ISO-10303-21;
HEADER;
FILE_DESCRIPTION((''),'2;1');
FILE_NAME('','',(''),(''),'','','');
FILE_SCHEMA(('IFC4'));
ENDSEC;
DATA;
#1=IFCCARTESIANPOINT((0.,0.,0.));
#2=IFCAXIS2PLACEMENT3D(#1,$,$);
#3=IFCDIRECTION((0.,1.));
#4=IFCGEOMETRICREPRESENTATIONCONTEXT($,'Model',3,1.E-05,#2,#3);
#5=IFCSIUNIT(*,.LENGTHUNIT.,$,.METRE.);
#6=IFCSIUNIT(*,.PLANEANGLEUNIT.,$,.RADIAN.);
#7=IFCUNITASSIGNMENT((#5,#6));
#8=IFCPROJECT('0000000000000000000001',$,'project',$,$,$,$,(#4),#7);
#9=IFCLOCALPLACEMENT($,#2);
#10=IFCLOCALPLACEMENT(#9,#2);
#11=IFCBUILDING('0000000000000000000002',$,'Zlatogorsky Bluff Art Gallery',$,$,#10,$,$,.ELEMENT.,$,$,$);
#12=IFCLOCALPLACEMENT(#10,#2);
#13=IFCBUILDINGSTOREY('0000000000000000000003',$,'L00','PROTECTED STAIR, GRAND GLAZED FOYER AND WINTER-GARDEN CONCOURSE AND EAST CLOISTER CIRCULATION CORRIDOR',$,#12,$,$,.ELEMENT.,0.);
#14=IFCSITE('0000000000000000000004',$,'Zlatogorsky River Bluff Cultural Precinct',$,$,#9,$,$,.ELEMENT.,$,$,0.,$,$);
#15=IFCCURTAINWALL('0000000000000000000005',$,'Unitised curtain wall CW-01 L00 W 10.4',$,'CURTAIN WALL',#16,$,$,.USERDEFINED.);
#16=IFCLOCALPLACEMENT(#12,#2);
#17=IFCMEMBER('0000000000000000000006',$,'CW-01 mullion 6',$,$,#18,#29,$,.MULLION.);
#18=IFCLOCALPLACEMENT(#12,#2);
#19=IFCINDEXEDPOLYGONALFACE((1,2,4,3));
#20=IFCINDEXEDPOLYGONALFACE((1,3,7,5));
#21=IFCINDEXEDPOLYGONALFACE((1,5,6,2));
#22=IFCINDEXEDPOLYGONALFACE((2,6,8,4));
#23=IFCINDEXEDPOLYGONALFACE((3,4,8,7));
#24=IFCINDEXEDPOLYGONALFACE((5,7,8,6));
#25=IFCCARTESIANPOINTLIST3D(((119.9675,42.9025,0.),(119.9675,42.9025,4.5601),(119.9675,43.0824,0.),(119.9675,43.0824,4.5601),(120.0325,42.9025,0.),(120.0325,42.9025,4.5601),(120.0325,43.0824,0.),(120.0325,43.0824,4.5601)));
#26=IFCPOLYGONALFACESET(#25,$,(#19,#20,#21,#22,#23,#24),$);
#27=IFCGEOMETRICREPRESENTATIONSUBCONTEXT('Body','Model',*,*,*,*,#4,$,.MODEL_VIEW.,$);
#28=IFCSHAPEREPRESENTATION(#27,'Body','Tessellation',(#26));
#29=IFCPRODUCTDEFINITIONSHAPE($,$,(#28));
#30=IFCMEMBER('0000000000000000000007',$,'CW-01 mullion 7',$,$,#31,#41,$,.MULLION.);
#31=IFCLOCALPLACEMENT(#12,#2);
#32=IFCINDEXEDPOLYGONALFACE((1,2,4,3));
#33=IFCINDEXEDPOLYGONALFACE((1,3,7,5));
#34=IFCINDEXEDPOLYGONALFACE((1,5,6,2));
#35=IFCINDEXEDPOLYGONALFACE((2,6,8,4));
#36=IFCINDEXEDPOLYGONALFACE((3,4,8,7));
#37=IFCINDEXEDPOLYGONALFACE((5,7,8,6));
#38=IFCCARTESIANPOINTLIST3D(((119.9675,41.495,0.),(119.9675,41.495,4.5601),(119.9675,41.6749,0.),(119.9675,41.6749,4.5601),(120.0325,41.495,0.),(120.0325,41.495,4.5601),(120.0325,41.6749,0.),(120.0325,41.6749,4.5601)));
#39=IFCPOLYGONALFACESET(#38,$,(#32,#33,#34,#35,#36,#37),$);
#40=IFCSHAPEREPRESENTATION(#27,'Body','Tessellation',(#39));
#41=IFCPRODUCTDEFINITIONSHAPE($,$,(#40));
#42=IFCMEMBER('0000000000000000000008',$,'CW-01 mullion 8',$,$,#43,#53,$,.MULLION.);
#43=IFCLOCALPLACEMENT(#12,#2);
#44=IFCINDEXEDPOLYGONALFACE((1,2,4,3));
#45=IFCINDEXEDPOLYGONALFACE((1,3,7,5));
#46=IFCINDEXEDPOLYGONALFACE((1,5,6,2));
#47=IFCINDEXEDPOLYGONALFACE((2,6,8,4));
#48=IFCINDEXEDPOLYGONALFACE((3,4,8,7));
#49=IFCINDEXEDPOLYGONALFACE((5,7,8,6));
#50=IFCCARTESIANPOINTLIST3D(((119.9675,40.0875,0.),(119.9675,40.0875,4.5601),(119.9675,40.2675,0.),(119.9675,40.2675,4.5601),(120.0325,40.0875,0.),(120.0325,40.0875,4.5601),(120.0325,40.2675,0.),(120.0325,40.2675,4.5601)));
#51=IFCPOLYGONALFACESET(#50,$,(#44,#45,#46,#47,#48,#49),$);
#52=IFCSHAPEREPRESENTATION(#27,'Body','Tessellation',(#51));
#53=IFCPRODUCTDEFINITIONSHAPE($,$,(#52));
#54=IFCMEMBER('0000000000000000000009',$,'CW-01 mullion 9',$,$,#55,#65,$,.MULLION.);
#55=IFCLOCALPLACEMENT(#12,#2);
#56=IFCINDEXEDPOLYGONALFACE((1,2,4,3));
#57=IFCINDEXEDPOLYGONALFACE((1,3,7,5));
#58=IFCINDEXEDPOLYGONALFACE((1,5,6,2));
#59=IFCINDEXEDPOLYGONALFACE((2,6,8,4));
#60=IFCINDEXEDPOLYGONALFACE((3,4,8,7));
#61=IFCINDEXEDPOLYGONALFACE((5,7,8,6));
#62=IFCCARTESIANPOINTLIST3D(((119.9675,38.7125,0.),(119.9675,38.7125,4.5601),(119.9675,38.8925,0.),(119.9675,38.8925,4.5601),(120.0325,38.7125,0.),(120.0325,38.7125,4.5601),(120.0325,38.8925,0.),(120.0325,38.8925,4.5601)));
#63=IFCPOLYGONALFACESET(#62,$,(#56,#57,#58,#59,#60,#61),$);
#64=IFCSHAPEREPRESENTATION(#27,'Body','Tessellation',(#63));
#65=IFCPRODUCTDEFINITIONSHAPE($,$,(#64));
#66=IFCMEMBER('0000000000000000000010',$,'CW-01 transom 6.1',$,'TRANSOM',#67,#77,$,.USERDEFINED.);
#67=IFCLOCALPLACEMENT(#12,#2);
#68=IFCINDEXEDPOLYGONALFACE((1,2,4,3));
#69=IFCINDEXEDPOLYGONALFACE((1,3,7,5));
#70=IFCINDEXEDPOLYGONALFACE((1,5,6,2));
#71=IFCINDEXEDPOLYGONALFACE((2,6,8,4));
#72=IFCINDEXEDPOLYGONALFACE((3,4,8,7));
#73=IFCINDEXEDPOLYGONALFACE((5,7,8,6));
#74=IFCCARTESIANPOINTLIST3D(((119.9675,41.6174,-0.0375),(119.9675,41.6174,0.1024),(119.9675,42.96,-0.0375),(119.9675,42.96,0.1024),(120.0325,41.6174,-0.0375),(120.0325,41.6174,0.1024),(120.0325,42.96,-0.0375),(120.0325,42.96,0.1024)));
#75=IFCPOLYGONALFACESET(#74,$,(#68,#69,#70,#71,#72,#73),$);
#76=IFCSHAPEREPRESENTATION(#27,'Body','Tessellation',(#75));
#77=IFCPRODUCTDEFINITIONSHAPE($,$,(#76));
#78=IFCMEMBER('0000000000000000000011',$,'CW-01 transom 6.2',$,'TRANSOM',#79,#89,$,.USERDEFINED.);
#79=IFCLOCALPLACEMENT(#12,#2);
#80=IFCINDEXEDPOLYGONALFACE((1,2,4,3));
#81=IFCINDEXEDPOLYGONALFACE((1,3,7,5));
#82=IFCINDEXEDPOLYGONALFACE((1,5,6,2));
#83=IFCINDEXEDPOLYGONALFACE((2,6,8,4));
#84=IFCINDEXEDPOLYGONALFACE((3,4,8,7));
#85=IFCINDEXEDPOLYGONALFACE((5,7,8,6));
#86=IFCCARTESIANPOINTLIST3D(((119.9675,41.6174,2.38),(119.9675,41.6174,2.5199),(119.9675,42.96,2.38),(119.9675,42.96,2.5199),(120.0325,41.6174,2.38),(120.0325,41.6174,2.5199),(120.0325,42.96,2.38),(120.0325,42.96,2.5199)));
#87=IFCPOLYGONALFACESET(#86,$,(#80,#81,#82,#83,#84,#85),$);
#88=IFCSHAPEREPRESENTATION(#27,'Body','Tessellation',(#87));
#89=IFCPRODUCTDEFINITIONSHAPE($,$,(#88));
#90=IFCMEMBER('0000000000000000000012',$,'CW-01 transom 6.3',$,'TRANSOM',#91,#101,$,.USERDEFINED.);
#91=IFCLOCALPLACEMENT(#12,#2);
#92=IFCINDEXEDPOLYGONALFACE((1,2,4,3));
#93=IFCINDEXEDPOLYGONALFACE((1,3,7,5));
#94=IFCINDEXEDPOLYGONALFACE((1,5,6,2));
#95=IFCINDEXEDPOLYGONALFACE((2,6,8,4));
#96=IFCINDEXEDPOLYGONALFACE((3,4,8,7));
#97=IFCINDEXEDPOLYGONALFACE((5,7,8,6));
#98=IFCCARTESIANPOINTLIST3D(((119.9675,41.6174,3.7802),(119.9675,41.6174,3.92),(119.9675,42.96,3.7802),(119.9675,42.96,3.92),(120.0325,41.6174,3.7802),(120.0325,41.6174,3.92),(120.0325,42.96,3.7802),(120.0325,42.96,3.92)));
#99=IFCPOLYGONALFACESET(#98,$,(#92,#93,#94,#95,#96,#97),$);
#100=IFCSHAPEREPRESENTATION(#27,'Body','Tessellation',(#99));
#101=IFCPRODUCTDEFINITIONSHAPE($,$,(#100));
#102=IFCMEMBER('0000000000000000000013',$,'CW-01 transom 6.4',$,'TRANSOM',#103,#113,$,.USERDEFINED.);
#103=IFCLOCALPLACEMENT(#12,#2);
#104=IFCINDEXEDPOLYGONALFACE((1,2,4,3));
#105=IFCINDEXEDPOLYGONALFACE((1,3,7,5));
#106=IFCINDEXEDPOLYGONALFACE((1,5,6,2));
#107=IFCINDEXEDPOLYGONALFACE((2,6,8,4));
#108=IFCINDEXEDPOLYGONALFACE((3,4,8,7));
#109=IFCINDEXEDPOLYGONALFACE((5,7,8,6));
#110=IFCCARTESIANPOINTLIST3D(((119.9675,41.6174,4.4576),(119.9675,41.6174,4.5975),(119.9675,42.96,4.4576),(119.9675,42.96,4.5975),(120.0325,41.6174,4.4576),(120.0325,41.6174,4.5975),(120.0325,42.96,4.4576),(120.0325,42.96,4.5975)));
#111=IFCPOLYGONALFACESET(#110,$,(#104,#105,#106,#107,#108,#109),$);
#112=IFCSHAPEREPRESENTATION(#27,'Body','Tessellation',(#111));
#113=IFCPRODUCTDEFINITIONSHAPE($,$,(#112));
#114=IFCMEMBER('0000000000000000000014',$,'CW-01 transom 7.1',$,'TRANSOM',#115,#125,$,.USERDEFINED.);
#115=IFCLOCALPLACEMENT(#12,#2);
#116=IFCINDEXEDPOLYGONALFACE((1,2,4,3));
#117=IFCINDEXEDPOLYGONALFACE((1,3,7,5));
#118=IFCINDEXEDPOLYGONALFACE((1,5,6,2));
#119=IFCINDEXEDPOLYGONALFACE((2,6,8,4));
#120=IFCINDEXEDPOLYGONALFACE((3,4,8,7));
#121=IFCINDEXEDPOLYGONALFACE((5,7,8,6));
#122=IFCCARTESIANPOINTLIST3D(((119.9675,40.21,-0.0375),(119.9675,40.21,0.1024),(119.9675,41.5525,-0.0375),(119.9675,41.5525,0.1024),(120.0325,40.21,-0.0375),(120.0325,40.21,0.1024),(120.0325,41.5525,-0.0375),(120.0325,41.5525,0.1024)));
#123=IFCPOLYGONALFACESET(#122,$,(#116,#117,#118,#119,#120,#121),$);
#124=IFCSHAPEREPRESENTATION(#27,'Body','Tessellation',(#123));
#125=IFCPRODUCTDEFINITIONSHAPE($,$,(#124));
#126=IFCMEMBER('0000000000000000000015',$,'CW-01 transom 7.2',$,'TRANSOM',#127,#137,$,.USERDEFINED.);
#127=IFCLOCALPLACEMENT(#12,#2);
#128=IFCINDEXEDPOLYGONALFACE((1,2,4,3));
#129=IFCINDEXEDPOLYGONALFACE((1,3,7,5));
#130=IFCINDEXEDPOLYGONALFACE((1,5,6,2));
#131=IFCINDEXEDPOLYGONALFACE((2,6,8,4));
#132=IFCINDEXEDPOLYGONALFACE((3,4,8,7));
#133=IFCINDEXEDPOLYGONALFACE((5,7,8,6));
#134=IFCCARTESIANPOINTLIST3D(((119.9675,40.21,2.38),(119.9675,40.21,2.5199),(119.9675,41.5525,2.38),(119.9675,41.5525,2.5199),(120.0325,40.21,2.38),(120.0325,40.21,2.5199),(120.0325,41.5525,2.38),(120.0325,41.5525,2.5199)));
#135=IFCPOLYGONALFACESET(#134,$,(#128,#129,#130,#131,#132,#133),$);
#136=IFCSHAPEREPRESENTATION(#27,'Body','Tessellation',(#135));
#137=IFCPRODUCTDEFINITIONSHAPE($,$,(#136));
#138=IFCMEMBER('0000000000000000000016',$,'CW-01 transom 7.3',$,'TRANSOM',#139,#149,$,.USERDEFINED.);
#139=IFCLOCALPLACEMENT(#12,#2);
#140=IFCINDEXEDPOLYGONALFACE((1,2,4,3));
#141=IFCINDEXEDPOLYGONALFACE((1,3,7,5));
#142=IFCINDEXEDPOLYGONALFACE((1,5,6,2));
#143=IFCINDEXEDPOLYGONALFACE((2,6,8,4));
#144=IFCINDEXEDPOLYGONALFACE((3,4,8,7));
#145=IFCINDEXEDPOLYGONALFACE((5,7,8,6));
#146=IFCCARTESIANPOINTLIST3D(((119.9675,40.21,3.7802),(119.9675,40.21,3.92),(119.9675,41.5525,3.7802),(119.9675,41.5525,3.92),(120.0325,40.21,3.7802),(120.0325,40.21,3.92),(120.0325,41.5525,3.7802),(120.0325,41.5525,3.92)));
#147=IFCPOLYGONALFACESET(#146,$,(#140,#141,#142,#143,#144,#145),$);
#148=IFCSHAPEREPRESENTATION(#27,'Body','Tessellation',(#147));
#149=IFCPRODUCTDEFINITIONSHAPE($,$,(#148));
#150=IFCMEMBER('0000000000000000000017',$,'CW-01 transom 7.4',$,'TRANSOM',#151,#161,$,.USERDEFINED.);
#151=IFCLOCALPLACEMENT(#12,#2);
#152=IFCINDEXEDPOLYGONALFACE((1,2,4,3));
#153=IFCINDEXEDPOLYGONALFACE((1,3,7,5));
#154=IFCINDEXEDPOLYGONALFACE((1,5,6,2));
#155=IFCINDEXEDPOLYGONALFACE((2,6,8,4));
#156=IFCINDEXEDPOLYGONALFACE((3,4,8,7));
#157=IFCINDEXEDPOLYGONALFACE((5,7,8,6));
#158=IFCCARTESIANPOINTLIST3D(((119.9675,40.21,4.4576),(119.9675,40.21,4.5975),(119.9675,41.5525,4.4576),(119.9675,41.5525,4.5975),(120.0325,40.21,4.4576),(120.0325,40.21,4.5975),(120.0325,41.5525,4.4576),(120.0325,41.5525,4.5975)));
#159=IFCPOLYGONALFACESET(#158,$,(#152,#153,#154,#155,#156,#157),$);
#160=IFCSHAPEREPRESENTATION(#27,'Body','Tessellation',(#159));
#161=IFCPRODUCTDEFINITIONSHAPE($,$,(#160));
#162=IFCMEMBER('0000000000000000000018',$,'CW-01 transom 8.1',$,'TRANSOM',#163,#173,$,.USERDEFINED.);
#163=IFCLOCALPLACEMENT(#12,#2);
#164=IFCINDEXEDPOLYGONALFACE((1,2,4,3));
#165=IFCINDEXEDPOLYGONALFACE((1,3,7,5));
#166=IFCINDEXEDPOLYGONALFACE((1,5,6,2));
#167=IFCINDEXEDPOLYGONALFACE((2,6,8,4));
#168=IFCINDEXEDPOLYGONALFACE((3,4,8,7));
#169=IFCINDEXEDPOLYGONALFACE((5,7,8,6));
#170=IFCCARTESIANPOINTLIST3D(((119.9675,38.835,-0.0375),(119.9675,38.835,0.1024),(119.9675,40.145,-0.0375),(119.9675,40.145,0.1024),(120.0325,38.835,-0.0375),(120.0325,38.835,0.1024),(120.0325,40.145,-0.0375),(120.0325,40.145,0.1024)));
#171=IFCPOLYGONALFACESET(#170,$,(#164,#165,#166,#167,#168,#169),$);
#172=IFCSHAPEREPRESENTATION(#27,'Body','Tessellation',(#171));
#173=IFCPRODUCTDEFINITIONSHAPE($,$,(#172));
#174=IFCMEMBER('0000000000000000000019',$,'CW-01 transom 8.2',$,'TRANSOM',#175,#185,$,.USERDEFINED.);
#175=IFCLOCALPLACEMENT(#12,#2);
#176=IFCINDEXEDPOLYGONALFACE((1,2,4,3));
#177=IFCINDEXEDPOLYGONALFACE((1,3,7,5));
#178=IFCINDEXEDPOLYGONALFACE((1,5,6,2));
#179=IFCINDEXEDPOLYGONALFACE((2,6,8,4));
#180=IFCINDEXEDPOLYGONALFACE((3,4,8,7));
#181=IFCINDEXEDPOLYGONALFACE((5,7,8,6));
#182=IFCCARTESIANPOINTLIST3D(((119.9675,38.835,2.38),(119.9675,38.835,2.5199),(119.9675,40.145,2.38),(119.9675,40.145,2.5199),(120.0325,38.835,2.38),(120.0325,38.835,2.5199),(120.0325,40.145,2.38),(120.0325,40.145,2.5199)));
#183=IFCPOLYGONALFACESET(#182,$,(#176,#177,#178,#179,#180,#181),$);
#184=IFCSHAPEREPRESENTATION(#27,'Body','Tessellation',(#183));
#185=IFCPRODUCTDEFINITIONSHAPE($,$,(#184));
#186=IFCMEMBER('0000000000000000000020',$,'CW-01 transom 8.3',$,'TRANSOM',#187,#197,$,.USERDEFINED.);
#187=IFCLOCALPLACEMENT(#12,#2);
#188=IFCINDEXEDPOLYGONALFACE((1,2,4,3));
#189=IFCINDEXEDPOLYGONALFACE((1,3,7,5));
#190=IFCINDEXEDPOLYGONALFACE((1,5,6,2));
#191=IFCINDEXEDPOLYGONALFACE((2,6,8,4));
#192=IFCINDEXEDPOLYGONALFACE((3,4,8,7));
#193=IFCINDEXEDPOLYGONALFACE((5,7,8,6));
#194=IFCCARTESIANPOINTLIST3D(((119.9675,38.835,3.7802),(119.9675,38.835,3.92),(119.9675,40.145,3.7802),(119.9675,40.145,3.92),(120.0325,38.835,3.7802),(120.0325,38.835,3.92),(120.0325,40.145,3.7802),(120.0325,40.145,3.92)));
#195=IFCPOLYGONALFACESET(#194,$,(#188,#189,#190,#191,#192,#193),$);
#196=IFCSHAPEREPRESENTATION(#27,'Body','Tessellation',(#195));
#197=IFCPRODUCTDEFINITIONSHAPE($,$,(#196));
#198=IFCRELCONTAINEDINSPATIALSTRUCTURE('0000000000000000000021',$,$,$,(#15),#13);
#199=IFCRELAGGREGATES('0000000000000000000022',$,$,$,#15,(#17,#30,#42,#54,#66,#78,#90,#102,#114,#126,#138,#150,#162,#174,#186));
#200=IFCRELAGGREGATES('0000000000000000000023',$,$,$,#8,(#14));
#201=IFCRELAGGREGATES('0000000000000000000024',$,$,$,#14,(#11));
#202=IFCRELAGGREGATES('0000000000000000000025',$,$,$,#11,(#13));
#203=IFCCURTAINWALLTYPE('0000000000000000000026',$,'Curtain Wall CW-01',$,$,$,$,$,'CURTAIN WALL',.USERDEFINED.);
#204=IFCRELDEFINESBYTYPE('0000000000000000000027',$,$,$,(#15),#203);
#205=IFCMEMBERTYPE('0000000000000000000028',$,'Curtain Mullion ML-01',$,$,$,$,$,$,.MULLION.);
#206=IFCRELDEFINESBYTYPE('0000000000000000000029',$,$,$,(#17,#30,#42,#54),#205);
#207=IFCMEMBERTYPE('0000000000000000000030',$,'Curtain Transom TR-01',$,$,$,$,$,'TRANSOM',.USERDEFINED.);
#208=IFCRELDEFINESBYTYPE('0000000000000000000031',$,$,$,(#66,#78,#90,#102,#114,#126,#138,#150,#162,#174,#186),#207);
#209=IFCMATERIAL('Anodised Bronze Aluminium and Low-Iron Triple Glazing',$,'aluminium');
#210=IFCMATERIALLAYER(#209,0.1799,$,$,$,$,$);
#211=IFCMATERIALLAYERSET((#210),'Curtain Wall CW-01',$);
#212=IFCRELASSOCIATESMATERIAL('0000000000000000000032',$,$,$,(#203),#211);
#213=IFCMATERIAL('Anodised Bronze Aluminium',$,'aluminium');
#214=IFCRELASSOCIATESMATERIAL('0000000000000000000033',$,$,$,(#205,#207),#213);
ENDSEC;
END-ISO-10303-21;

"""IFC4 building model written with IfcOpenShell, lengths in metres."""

from ifc_helpers import new_model, si_unit, direction, frame, origin, origin_2d, place, context, subcontext, project, spatial, rectangle, extrude, material, layer, layer_set, material_profile, profile_set, type_object, element, aggregate, save


model = new_model("IFC4")

# Units and contexts
model_context = context("Model", 3, precision=1e-05, world=origin(), true_north=direction((0.0, 1.0)))
body_context = subcontext(model_context, "Body", "Model", "MODEL_VIEW")
ifc_project = project(units=[si_unit("LENGTHUNIT", "METRE"), si_unit("PLANEANGLEUNIT", "RADIAN")], contexts=[model_context])

# Site, building, storey
site_placement = place(None, origin())
site = spatial("IfcSite", under=ifc_project, at=site_placement, Name="Zlatogorsky River Bluff Cultural Precinct", CompositionType="ELEMENT", RefElevation=0.0)
building_placement = place(site_placement, origin())
building = spatial("IfcBuilding", under=site, at=building_placement, Name="Zlatogorsky Bluff Art Gallery", CompositionType="ELEMENT")
storey_placement = place(building_placement, origin())
storey = spatial("IfcBuildingStorey", under=building, at=storey_placement, Name="L00", Description="PROTECTED STAIR, GRAND GLAZED FOYER AND WINTER-GARDEN CONCOURSE AND EAST CLOISTER CIRCULATION CORRIDOR", CompositionType="ELEMENT", Elevation=0.0)

# Curtain wall, members
ifc_material_1 = material(Name="Anodised Bronze Aluminium and Low-Iron Triple Glazing", Category="aluminium")
ifc_layer_1 = layer(ifc_material_1, 0.1799)
ifc_layer_set_1 = layer_set([ifc_layer_1], Name="Curtain Wall CW-01")
curtain_wall_type = type_object("IfcCurtainWallType", Name="Curtain Wall CW-01", ElementType="CURTAIN WALL", PredefinedType="USERDEFINED", material=ifc_layer_set_1)
curtain_wall_placement = place(storey_placement, origin())
curtain_wall = element("IfcCurtainWall", 1, at=curtain_wall_placement, inside=storey, type_object=curtain_wall_type, Name="Unitised curtain wall CW-01 L00 W 10.4", ObjectType="CURTAIN WALL", PredefinedType="USERDEFINED")
ifc_material_2 = material(Name="Anodised Bronze Aluminium", Category="aluminium")
ifc_material_profile_1 = material_profile(ifc_material_2, rectangle(XDim=0.0649, YDim=0.1799, at=origin_2d()), Name="ALU MULLION 65x180")
ifc_profile_set_1 = profile_set([ifc_material_profile_1], Name="Anodised Bronze Aluminium")
member_type_1 = type_object("IfcMemberType", Name="Curtain Mullion ML-01", PredefinedType="MULLION", material=ifc_profile_set_1)
member_1_placement = place(storey_placement, frame((120.0, 42.9924, 0.0), z_axis=(0.0, 0.0, 1.0), x_axis=(1.0, 0.0, 0.0)))
member_1 = element("IfcMember", 2, at=member_1_placement, type_object=member_type_1, Name="CW-01 mullion 6", PredefinedType="MULLION", context=body_context, shape_type="SweptSolid", body=[
    extrude(rectangle(XDim=0.0649, YDim=0.1799, at=origin_2d()), origin(), (0.0, 0.0, 1.0), 4.5601),
])
member_2_placement = place(storey_placement, frame((120.0, 41.585, 0.0), z_axis=(0.0, 0.0, 1.0), x_axis=(1.0, 0.0, 0.0)))
member_2 = element("IfcMember", 3, at=member_2_placement, type_object=member_type_1, Name="CW-01 mullion 7", PredefinedType="MULLION", context=body_context, shape_type="SweptSolid", body=[
    extrude(rectangle(XDim=0.0649, YDim=0.1799, at=origin_2d()), origin(), (0.0, 0.0, 1.0), 4.5601),
])
member_3_placement = place(storey_placement, frame((120.0, 40.1775, 0.0), z_axis=(0.0, 0.0, 1.0), x_axis=(1.0, 0.0, 0.0)))
member_3 = element("IfcMember", 4, at=member_3_placement, type_object=member_type_1, Name="CW-01 mullion 8", PredefinedType="MULLION", context=body_context, shape_type="SweptSolid", body=[
    extrude(rectangle(XDim=0.0649, YDim=0.1799, at=origin_2d()), origin(), (0.0, 0.0, 1.0), 4.5601),
])
member_4_placement = place(storey_placement, frame((120.0, 38.8025, 0.0), z_axis=(0.0, 0.0, 1.0), x_axis=(1.0, 0.0, 0.0)))
member_4 = element("IfcMember", 5, at=member_4_placement, type_object=member_type_1, Name="CW-01 mullion 9", PredefinedType="MULLION", context=body_context, shape_type="SweptSolid", body=[
    extrude(rectangle(XDim=0.0649, YDim=0.1799, at=origin_2d()), origin(), (0.0, 0.0, 1.0), 4.5601),
])
ifc_material_profile_2 = material_profile(ifc_material_2, rectangle(XDim=0.0649, YDim=0.1399, at=origin_2d()), Name="ALU TRANSOM 65x140")
ifc_profile_set_2 = profile_set([ifc_material_profile_2], Name="Anodised Bronze Aluminium")
member_type_2 = type_object("IfcMemberType", Name="Curtain Transom TR-01", ElementType="TRANSOM", PredefinedType="USERDEFINED", material=ifc_profile_set_2)
member_5_placement = place(storey_placement, frame((120.0, 42.96, 0.0325), z_axis=(0.0, -1.0, 0.0), x_axis=(1.0, 0.0, 0.0)))
member_5 = element("IfcMember", 6, at=member_5_placement, type_object=member_type_2, Name="CW-01 transom 6.1", ObjectType="TRANSOM", PredefinedType="USERDEFINED", context=body_context, shape_type="SweptSolid", body=[
    extrude(rectangle(XDim=0.0649, YDim=0.1399, at=origin_2d()), origin(), (0.0, 0.0, 1.0), 1.3425),
])
member_6_placement = place(storey_placement, frame((120.0, 42.96, 2.45), z_axis=(0.0, -1.0, 0.0), x_axis=(1.0, 0.0, 0.0)))
member_6 = element("IfcMember", 7, at=member_6_placement, type_object=member_type_2, Name="CW-01 transom 6.2", ObjectType="TRANSOM", PredefinedType="USERDEFINED", context=body_context, shape_type="SweptSolid", body=[
    extrude(rectangle(XDim=0.0649, YDim=0.1399, at=origin_2d()), origin(), (0.0, 0.0, 1.0), 1.3425),
])
member_7_placement = place(storey_placement, frame((120.0, 42.96, 3.8501), z_axis=(0.0, -1.0, 0.0), x_axis=(1.0, 0.0, 0.0)))
member_7 = element("IfcMember", 8, at=member_7_placement, type_object=member_type_2, Name="CW-01 transom 6.3", ObjectType="TRANSOM", PredefinedType="USERDEFINED", context=body_context, shape_type="SweptSolid", body=[
    extrude(rectangle(XDim=0.0649, YDim=0.1399, at=origin_2d()), origin(), (0.0, 0.0, 1.0), 1.3425),
])
member_8_placement = place(storey_placement, frame((120.0, 42.96, 4.5276), z_axis=(0.0, -1.0, 0.0), x_axis=(1.0, 0.0, 0.0)))
member_8 = element("IfcMember", 9, at=member_8_placement, type_object=member_type_2, Name="CW-01 transom 6.4", ObjectType="TRANSOM", PredefinedType="USERDEFINED", context=body_context, shape_type="SweptSolid", body=[
    extrude(rectangle(XDim=0.0649, YDim=0.1399, at=origin_2d()), origin(), (0.0, 0.0, 1.0), 1.3425),
])
member_9_placement = place(storey_placement, frame((120.0, 41.5525, 0.0325), z_axis=(0.0, -1.0, 0.0), x_axis=(1.0, 0.0, 0.0)))
member_9 = element("IfcMember", 10, at=member_9_placement, type_object=member_type_2, Name="CW-01 transom 7.1", ObjectType="TRANSOM", PredefinedType="USERDEFINED", context=body_context, shape_type="SweptSolid", body=[
    extrude(rectangle(XDim=0.0649, YDim=0.1399, at=origin_2d()), origin(), (0.0, 0.0, 1.0), 1.3425),
])
member_10_placement = place(storey_placement, frame((120.0, 41.5525, 2.45), z_axis=(0.0, -1.0, 0.0), x_axis=(1.0, 0.0, 0.0)))
member_10 = element("IfcMember", 11, at=member_10_placement, type_object=member_type_2, Name="CW-01 transom 7.2", ObjectType="TRANSOM", PredefinedType="USERDEFINED", context=body_context, shape_type="SweptSolid", body=[
    extrude(rectangle(XDim=0.0649, YDim=0.1399, at=origin_2d()), origin(), (0.0, 0.0, 1.0), 1.3425),
])
member_11_placement = place(storey_placement, frame((120.0, 41.5525, 3.8501), z_axis=(0.0, -1.0, 0.0), x_axis=(1.0, 0.0, 0.0)))
member_11 = element("IfcMember", 12, at=member_11_placement, type_object=member_type_2, Name="CW-01 transom 7.3", ObjectType="TRANSOM", PredefinedType="USERDEFINED", context=body_context, shape_type="SweptSolid", body=[
    extrude(rectangle(XDim=0.0649, YDim=0.1399, at=origin_2d()), origin(), (0.0, 0.0, 1.0), 1.3425),
])
member_12_placement = place(storey_placement, frame((120.0, 41.5525, 4.5276), z_axis=(0.0, -1.0, 0.0), x_axis=(1.0, 0.0, 0.0)))
member_12 = element("IfcMember", 13, at=member_12_placement, type_object=member_type_2, Name="CW-01 transom 7.4", ObjectType="TRANSOM", PredefinedType="USERDEFINED", context=body_context, shape_type="SweptSolid", body=[
    extrude(rectangle(XDim=0.0649, YDim=0.1399, at=origin_2d()), origin(), (0.0, 0.0, 1.0), 1.3425),
])
member_13_placement = place(storey_placement, frame((120.0, 40.145, 0.0325), z_axis=(0.0, -1.0, 0.0), x_axis=(1.0, 0.0, 0.0)))
member_13 = element("IfcMember", 14, at=member_13_placement, type_object=member_type_2, Name="CW-01 transom 8.1", ObjectType="TRANSOM", PredefinedType="USERDEFINED", context=body_context, shape_type="SweptSolid", body=[
    extrude(rectangle(XDim=0.0649, YDim=0.1399, at=origin_2d()), origin(), (0.0, 0.0, 1.0), 1.3101),
])
member_14_placement = place(storey_placement, frame((120.0, 40.145, 2.45), z_axis=(0.0, -1.0, 0.0), x_axis=(1.0, 0.0, 0.0)))
member_14 = element("IfcMember", 15, at=member_14_placement, type_object=member_type_2, Name="CW-01 transom 8.2", ObjectType="TRANSOM", PredefinedType="USERDEFINED", context=body_context, shape_type="SweptSolid", body=[
    extrude(rectangle(XDim=0.0649, YDim=0.1399, at=origin_2d()), origin(), (0.0, 0.0, 1.0), 1.3101),
])
member_15_placement = place(storey_placement, frame((120.0, 40.145, 3.8501), z_axis=(0.0, -1.0, 0.0), x_axis=(1.0, 0.0, 0.0)))
member_15 = element("IfcMember", 16, at=member_15_placement, type_object=member_type_2, Name="CW-01 transom 8.3", ObjectType="TRANSOM", PredefinedType="USERDEFINED", context=body_context, shape_type="SweptSolid", body=[
    extrude(rectangle(XDim=0.0649, YDim=0.1399, at=origin_2d()), origin(), (0.0, 0.0, 1.0), 1.3101),
])
aggregate(curtain_wall, [member_1, member_2, member_3, member_4, member_5, member_6, member_7, member_8, member_9, member_10, member_11, member_12, member_13, member_14, member_15])

save(model, "model.ifc")
